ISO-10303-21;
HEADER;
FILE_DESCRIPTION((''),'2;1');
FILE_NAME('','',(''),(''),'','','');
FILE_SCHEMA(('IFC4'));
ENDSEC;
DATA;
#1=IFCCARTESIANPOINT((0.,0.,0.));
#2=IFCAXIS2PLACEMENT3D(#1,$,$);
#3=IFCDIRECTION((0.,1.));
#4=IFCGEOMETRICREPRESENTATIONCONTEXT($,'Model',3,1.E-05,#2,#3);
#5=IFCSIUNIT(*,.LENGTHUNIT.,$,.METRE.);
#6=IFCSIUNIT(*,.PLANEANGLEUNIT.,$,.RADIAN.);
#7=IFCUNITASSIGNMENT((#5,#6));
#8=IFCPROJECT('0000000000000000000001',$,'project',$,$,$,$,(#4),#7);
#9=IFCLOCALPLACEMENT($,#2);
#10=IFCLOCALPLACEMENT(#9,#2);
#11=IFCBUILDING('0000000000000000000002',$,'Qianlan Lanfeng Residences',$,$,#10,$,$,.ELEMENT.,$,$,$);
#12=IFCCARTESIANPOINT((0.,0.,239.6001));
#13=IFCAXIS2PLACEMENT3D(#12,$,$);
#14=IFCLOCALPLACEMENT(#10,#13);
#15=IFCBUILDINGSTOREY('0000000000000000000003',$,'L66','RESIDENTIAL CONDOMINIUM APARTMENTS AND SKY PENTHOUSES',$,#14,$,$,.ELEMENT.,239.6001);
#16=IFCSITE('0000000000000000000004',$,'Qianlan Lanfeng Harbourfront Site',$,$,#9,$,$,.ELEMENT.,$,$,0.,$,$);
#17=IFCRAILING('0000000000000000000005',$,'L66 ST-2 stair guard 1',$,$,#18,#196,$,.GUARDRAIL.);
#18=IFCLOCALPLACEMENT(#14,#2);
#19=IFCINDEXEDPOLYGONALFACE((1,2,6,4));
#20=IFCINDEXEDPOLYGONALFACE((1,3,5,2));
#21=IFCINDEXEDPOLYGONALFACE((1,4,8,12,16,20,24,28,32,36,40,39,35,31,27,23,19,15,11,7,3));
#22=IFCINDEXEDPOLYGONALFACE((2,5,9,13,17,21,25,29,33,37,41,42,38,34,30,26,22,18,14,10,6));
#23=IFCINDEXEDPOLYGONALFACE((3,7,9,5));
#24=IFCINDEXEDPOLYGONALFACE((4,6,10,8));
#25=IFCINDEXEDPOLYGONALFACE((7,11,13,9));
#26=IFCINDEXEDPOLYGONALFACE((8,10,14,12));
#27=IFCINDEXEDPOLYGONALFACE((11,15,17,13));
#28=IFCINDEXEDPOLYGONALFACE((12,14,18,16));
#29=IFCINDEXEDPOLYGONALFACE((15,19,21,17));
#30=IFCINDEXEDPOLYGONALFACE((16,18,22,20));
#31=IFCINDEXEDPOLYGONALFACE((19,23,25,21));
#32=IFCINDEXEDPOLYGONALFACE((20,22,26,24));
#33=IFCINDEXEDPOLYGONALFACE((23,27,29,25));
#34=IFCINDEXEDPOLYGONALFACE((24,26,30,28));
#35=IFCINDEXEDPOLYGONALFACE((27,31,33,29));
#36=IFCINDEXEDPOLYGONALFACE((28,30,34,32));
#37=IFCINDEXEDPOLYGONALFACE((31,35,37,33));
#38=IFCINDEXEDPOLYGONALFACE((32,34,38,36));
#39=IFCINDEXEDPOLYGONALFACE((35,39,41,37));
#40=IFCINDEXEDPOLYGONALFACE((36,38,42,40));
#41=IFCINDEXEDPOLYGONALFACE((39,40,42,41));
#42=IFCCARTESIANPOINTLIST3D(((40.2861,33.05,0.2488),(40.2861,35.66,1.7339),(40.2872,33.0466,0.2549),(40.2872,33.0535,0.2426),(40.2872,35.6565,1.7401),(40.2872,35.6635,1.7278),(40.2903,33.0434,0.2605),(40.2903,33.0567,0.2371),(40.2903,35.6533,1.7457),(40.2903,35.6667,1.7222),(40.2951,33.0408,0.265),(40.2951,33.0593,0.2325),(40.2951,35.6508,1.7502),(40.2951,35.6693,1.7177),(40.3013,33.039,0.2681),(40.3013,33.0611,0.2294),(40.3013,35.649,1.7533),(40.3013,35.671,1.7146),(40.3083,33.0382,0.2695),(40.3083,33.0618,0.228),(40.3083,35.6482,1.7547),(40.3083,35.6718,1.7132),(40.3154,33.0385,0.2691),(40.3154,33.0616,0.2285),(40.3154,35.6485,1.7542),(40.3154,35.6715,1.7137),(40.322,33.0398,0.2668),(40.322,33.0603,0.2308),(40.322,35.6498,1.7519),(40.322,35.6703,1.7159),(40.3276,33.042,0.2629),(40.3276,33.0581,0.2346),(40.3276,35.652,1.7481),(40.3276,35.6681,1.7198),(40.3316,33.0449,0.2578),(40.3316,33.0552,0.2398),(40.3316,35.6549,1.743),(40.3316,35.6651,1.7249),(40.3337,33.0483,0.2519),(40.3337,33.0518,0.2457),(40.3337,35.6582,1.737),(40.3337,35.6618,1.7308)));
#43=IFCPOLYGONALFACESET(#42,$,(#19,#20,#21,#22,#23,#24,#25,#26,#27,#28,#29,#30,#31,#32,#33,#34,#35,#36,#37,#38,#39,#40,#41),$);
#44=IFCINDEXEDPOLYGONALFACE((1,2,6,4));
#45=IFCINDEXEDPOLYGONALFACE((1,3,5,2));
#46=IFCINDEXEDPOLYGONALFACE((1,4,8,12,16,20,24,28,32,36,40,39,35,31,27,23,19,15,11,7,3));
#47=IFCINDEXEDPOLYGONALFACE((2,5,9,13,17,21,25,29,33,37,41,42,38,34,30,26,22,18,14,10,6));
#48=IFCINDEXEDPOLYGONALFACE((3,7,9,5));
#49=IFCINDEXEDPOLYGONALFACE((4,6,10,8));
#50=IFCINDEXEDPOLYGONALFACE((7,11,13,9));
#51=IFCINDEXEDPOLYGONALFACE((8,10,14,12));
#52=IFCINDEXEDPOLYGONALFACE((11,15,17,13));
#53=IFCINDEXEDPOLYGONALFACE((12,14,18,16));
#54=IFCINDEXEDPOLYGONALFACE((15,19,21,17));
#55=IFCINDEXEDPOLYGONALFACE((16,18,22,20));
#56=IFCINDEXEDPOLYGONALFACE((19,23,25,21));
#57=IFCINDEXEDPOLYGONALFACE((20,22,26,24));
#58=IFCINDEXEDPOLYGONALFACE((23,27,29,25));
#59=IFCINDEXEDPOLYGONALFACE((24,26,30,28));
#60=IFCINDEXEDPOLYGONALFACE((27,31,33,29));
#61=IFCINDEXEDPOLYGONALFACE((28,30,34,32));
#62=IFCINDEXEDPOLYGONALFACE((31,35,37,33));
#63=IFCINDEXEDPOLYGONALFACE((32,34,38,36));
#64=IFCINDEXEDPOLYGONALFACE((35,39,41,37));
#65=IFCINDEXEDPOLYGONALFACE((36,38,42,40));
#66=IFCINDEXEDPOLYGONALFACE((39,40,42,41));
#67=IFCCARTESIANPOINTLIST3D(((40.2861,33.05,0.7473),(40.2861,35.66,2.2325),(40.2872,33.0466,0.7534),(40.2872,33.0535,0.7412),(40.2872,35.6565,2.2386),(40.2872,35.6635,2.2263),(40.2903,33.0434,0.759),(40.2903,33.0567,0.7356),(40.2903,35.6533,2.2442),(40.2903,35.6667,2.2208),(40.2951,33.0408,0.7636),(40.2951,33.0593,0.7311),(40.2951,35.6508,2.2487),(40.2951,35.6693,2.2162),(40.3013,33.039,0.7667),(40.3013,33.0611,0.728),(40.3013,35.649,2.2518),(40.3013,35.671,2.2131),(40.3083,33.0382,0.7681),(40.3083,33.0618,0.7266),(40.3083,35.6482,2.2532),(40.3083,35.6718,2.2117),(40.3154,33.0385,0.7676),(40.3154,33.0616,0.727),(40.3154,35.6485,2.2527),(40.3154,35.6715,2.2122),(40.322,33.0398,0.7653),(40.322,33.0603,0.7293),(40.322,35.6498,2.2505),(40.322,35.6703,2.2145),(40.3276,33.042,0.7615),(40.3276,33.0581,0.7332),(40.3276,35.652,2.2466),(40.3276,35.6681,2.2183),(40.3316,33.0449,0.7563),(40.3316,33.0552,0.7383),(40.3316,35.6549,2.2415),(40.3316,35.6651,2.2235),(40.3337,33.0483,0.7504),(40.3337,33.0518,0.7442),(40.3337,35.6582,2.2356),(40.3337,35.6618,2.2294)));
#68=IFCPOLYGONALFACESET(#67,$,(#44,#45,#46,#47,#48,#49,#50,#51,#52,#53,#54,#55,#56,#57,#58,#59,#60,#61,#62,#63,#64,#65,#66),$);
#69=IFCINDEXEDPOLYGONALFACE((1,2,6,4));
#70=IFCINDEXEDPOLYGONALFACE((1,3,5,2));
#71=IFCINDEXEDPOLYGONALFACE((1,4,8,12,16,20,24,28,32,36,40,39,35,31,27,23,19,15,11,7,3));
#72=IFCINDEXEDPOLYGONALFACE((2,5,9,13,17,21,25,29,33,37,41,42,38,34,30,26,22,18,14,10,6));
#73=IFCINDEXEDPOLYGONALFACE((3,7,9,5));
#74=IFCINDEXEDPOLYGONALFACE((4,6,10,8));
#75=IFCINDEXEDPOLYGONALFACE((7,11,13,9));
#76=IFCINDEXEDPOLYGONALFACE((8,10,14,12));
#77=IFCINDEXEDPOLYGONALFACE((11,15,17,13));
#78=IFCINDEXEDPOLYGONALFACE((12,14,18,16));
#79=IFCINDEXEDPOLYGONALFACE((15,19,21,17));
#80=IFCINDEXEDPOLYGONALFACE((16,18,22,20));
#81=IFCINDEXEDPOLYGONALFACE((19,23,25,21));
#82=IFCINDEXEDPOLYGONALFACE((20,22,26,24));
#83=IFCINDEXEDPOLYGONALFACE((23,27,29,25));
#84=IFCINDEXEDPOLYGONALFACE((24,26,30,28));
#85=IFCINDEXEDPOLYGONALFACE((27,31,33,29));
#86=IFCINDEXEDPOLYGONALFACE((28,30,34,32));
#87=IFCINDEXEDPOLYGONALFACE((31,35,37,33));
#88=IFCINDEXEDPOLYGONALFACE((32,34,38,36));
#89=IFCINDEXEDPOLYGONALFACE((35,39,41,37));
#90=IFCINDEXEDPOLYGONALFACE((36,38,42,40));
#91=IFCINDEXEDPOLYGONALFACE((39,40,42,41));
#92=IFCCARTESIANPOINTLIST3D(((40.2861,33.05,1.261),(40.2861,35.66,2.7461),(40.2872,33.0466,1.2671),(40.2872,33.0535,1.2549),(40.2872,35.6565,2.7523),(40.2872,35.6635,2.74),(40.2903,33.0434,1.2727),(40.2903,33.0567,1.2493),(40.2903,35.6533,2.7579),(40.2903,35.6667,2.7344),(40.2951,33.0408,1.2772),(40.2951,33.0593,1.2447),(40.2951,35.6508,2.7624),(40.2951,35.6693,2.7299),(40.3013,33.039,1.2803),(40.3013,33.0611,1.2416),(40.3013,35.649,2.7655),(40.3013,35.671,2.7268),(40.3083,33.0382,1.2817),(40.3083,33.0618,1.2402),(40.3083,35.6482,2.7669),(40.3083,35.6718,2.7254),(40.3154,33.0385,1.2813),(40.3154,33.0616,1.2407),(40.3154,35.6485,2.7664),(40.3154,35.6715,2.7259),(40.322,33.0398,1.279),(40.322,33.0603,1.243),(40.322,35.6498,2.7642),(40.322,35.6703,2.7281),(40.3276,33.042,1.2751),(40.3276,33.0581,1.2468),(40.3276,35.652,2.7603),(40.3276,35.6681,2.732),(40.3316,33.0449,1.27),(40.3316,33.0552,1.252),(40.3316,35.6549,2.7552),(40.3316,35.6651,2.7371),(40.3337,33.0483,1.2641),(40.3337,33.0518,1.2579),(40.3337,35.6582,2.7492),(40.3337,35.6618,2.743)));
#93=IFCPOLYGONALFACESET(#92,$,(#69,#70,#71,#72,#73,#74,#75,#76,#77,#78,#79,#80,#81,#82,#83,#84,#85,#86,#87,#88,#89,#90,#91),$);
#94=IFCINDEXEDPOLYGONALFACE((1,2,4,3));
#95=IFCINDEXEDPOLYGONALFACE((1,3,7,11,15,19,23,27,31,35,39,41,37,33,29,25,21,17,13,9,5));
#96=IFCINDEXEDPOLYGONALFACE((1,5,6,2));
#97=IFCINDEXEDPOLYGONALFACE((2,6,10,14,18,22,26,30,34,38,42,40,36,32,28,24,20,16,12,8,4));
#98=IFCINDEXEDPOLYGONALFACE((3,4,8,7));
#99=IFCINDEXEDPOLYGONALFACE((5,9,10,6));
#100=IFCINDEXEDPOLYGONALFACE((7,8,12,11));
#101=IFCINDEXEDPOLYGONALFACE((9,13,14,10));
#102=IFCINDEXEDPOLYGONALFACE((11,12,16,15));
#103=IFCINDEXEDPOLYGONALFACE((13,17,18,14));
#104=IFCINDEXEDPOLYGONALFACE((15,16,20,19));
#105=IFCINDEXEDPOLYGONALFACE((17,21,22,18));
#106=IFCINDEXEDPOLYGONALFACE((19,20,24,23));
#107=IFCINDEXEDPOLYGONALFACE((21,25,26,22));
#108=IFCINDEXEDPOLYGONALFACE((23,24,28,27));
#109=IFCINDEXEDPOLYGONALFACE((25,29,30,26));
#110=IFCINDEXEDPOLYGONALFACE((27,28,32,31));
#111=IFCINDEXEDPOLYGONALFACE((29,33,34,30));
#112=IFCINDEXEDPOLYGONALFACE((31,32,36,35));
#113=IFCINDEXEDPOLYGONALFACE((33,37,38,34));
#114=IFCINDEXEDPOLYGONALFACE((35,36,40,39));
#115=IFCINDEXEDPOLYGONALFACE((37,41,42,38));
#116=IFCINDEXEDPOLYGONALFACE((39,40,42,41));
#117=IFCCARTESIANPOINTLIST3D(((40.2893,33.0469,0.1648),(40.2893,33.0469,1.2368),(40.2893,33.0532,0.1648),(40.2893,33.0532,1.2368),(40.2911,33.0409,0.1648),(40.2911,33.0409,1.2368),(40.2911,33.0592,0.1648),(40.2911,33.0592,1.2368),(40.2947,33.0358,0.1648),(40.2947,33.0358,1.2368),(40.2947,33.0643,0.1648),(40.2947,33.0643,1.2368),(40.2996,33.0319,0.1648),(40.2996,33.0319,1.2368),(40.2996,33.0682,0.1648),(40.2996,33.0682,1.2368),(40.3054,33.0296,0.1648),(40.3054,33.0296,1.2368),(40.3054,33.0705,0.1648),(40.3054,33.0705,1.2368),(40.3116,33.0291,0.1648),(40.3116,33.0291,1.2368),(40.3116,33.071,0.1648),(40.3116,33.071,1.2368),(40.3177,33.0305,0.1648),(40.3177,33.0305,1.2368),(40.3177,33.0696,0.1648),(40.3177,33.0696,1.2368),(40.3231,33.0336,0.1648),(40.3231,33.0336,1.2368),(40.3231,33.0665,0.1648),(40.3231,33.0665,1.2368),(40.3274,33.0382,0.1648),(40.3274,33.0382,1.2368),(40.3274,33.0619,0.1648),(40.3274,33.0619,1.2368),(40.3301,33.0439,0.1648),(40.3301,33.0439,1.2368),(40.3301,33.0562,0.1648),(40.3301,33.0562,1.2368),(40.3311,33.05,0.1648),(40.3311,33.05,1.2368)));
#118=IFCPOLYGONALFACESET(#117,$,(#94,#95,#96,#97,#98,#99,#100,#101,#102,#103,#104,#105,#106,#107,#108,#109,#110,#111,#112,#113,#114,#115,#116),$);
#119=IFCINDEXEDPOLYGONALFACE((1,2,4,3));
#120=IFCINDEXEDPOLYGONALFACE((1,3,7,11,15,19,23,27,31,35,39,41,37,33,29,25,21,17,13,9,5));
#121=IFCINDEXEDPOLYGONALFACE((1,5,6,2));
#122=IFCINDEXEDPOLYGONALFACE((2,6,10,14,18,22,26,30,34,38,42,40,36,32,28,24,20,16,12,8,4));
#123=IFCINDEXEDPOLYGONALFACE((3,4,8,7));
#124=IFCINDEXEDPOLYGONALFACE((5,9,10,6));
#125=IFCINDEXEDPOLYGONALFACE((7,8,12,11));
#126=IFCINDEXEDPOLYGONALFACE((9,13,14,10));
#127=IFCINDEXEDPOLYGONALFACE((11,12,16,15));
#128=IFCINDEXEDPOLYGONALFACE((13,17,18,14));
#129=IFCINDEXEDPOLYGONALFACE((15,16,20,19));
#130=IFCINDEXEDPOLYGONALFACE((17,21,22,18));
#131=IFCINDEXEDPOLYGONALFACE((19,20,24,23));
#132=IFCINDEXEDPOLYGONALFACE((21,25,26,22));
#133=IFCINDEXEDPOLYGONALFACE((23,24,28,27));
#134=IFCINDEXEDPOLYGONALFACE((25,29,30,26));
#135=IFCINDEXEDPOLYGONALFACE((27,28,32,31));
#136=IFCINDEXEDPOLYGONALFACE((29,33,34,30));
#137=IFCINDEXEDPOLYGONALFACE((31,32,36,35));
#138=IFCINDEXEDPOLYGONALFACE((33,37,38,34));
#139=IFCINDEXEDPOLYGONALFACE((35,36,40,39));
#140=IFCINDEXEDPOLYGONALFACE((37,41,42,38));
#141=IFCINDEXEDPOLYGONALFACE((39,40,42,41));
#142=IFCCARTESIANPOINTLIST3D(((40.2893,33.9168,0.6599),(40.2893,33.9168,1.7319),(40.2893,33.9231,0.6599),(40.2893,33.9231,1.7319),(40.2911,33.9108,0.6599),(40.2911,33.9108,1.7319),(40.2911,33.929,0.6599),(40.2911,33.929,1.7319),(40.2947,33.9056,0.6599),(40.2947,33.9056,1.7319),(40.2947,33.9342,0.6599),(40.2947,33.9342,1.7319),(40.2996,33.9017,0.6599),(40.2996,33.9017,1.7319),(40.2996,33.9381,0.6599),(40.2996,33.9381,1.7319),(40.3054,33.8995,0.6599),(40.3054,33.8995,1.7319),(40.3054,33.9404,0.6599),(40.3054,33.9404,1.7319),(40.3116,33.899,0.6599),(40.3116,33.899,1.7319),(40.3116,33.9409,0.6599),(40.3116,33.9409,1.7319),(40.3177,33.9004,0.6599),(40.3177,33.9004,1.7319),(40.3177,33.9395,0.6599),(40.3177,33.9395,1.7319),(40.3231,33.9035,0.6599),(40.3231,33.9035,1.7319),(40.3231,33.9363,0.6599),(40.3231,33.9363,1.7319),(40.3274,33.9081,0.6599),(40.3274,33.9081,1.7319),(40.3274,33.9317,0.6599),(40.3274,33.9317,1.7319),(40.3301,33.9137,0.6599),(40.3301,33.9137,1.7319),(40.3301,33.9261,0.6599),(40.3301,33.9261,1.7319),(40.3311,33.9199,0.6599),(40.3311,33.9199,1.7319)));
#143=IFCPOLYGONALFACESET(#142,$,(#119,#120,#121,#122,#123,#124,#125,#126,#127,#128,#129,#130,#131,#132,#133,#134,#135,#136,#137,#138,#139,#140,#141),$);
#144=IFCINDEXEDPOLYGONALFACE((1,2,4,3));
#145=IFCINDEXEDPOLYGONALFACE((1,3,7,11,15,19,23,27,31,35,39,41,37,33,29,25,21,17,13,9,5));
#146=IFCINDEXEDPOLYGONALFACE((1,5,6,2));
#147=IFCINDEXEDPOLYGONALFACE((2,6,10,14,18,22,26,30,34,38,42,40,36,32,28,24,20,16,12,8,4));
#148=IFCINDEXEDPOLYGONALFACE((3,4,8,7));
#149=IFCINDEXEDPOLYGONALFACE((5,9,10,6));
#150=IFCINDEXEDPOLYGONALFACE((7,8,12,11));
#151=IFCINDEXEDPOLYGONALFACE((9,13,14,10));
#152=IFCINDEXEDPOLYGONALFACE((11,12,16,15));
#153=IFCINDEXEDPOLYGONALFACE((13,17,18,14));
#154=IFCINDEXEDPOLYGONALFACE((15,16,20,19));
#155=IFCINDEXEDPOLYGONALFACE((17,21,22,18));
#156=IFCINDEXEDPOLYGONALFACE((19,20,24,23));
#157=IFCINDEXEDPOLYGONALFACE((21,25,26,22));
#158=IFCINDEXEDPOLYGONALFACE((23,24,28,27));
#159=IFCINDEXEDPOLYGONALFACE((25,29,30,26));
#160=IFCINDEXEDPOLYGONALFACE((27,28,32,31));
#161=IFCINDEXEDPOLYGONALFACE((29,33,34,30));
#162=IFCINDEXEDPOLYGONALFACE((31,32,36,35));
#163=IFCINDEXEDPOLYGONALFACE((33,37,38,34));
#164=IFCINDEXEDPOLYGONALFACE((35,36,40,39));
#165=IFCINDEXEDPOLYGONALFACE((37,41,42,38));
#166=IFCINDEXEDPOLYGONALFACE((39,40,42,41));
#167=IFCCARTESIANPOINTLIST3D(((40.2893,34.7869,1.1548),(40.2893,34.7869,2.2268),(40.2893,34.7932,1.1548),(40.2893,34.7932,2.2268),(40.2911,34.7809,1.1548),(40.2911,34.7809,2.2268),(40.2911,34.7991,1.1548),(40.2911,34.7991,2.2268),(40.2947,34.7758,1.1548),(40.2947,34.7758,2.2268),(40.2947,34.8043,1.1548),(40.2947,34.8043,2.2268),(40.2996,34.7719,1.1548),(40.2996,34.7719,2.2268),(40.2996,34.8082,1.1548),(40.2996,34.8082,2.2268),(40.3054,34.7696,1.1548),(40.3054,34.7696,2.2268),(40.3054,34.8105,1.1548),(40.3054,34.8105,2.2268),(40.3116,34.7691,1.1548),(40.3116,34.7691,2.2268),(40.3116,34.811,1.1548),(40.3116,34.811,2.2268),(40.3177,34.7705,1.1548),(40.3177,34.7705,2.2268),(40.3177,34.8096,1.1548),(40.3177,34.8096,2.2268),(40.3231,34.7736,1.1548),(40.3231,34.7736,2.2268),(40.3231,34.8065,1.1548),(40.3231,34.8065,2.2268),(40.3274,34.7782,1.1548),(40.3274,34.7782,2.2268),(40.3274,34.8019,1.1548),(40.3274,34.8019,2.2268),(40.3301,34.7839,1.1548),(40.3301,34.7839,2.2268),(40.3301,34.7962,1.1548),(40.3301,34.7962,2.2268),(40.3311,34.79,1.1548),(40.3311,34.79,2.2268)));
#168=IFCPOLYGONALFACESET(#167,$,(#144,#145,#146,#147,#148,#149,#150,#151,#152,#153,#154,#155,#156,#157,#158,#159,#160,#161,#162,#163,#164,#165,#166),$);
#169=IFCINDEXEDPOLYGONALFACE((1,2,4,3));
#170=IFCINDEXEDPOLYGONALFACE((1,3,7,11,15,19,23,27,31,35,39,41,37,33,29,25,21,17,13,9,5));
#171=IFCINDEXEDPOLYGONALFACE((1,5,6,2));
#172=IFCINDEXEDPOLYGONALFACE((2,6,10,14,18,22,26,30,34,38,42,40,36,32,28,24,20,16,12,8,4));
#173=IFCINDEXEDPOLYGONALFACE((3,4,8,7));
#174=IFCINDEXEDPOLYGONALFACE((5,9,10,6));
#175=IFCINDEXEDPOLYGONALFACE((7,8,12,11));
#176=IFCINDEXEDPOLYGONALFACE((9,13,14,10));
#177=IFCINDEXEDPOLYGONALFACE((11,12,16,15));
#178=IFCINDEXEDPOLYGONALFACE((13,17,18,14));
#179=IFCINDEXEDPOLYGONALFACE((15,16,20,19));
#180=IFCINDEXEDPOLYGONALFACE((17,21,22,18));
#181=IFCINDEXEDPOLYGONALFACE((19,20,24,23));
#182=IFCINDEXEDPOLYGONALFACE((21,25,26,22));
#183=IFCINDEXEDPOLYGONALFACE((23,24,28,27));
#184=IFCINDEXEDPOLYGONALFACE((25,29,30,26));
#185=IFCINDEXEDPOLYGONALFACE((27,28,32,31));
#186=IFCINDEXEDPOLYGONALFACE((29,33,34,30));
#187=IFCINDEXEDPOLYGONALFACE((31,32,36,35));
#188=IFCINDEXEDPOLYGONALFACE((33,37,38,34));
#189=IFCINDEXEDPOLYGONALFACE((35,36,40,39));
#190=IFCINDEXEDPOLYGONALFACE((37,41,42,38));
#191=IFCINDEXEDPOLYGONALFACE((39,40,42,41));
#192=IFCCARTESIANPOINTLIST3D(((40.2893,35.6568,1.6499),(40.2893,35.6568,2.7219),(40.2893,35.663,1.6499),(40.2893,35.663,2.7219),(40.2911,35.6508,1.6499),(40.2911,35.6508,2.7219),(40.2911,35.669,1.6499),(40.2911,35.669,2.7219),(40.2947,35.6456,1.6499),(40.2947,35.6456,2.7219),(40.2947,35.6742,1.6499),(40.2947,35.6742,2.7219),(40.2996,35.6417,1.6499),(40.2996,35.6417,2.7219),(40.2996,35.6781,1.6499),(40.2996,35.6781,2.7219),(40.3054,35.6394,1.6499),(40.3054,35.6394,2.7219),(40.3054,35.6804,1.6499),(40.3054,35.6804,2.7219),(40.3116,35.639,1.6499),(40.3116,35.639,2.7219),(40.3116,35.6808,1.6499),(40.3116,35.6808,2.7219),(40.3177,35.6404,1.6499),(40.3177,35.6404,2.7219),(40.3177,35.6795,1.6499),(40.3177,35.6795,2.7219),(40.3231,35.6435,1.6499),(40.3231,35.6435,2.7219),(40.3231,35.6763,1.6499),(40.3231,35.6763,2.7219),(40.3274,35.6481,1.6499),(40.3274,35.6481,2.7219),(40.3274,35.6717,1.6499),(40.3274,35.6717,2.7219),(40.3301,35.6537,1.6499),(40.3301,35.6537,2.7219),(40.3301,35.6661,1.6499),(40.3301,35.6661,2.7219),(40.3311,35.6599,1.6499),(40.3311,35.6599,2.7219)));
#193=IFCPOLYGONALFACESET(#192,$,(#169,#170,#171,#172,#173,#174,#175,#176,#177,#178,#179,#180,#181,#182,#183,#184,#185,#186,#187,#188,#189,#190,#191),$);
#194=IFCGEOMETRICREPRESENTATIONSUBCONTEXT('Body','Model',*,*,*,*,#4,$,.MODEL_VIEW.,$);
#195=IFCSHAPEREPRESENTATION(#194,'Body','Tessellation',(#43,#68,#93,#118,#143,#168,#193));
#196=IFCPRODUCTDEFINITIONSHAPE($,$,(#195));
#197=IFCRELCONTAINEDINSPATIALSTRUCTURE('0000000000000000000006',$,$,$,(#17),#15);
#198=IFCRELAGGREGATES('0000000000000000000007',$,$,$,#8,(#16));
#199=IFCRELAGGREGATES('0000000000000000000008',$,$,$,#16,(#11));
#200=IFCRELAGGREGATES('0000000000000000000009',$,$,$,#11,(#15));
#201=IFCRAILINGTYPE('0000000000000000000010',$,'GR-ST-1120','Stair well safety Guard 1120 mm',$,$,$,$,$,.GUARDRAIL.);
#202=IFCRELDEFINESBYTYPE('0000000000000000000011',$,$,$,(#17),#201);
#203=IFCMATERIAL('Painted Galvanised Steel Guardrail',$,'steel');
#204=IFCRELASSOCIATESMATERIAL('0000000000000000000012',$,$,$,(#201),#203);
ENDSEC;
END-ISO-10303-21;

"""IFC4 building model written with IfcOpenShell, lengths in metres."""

from ifc_helpers import new_model, si_unit, direction, frame, origin, origin_2d, place, context, subcontext, project, spatial, circle, extrude, material, type_object, element, save


model = new_model("IFC4")

# Units and contexts
model_context = context("Model", 3, precision=1e-05, world=origin(), true_north=direction((0.0, 1.0)))
body_context = subcontext(model_context, "Body", "Model", "MODEL_VIEW")
ifc_project = project(units=[si_unit("LENGTHUNIT", "METRE"), si_unit("PLANEANGLEUNIT", "RADIAN")], contexts=[model_context])

# Site, building, storey
site_placement = place(None, origin())
site = spatial("IfcSite", under=ifc_project, at=site_placement, Name="Qianlan Lanfeng Harbourfront Site", CompositionType="ELEMENT", RefElevation=0.0)
building_placement = place(site_placement, origin())
building = spatial("IfcBuilding", under=site, at=building_placement, Name="Qianlan Lanfeng Residences", CompositionType="ELEMENT")
storey_placement = place(building_placement, frame((0.0, 0.0, 239.6001)))
storey = spatial("IfcBuildingStorey", under=building, at=storey_placement, Name="L66", Description="RESIDENTIAL CONDOMINIUM APARTMENTS AND SKY PENTHOUSES", CompositionType="ELEMENT", Elevation=239.6001)

# Railing
ifc_material_1 = material(Name="Painted Galvanised Steel Guardrail", Category="steel")
railing_type_1 = type_object("IfcRailingType", Name="GR-ST-1120", Description="Stair well safety Guard 1120 mm", PredefinedType="GUARDRAIL", material=ifc_material_1)
railing_1_placement = place(storey_placement, frame((40.3101, 33.05, 0.1648)))
element("IfcRailing", 1, at=railing_1_placement, inside=storey, type_object=railing_type_1, Name="L66 ST-2 stair guard 1", PredefinedType="GUARDRAIL", context=body_context, shape_type="SweptSolid", body=[
    extrude(circle(Radius=0.0239, at=origin_2d()), frame((0.0, 0.0, 0.084), z_axis=(0.0, 0.869137, 0.494571), x_axis=(-1.0, 0.0, 0.0)), (0.0, 0.0, 1.0), 3.0029),
    extrude(circle(Radius=0.0239, at=origin_2d()), frame((0.0, 0.0, 0.5825), z_axis=(0.0, 0.869137, 0.494571), x_axis=(-1.0, 0.0, 0.0)), (0.0, 0.0, 1.0), 3.0029),
    extrude(circle(Radius=0.0239, at=origin_2d()), frame((0.0, 0.0, 1.0962), z_axis=(0.0, 0.869137, 0.494571), x_axis=(-1.0, 0.0, 0.0)), (0.0, 0.0, 1.0), 3.0029),
    extrude(circle(Radius=0.021, at=origin_2d()), origin(), (0.0, 0.0, 1.0), 1.072),
    extrude(circle(Radius=0.021, at=origin_2d()), frame((0.0, 0.8699, 0.4951)), (0.0, 0.0, 1.0), 1.072),
    extrude(circle(Radius=0.021, at=origin_2d()), frame((0.0, 1.74, 0.99)), (0.0, 0.0, 1.0), 1.072),
    extrude(circle(Radius=0.021, at=origin_2d()), frame((0.0, 2.6099, 1.4851)), (0.0, 0.0, 1.0), 1.072),
])

save(model, "model.ifc")
